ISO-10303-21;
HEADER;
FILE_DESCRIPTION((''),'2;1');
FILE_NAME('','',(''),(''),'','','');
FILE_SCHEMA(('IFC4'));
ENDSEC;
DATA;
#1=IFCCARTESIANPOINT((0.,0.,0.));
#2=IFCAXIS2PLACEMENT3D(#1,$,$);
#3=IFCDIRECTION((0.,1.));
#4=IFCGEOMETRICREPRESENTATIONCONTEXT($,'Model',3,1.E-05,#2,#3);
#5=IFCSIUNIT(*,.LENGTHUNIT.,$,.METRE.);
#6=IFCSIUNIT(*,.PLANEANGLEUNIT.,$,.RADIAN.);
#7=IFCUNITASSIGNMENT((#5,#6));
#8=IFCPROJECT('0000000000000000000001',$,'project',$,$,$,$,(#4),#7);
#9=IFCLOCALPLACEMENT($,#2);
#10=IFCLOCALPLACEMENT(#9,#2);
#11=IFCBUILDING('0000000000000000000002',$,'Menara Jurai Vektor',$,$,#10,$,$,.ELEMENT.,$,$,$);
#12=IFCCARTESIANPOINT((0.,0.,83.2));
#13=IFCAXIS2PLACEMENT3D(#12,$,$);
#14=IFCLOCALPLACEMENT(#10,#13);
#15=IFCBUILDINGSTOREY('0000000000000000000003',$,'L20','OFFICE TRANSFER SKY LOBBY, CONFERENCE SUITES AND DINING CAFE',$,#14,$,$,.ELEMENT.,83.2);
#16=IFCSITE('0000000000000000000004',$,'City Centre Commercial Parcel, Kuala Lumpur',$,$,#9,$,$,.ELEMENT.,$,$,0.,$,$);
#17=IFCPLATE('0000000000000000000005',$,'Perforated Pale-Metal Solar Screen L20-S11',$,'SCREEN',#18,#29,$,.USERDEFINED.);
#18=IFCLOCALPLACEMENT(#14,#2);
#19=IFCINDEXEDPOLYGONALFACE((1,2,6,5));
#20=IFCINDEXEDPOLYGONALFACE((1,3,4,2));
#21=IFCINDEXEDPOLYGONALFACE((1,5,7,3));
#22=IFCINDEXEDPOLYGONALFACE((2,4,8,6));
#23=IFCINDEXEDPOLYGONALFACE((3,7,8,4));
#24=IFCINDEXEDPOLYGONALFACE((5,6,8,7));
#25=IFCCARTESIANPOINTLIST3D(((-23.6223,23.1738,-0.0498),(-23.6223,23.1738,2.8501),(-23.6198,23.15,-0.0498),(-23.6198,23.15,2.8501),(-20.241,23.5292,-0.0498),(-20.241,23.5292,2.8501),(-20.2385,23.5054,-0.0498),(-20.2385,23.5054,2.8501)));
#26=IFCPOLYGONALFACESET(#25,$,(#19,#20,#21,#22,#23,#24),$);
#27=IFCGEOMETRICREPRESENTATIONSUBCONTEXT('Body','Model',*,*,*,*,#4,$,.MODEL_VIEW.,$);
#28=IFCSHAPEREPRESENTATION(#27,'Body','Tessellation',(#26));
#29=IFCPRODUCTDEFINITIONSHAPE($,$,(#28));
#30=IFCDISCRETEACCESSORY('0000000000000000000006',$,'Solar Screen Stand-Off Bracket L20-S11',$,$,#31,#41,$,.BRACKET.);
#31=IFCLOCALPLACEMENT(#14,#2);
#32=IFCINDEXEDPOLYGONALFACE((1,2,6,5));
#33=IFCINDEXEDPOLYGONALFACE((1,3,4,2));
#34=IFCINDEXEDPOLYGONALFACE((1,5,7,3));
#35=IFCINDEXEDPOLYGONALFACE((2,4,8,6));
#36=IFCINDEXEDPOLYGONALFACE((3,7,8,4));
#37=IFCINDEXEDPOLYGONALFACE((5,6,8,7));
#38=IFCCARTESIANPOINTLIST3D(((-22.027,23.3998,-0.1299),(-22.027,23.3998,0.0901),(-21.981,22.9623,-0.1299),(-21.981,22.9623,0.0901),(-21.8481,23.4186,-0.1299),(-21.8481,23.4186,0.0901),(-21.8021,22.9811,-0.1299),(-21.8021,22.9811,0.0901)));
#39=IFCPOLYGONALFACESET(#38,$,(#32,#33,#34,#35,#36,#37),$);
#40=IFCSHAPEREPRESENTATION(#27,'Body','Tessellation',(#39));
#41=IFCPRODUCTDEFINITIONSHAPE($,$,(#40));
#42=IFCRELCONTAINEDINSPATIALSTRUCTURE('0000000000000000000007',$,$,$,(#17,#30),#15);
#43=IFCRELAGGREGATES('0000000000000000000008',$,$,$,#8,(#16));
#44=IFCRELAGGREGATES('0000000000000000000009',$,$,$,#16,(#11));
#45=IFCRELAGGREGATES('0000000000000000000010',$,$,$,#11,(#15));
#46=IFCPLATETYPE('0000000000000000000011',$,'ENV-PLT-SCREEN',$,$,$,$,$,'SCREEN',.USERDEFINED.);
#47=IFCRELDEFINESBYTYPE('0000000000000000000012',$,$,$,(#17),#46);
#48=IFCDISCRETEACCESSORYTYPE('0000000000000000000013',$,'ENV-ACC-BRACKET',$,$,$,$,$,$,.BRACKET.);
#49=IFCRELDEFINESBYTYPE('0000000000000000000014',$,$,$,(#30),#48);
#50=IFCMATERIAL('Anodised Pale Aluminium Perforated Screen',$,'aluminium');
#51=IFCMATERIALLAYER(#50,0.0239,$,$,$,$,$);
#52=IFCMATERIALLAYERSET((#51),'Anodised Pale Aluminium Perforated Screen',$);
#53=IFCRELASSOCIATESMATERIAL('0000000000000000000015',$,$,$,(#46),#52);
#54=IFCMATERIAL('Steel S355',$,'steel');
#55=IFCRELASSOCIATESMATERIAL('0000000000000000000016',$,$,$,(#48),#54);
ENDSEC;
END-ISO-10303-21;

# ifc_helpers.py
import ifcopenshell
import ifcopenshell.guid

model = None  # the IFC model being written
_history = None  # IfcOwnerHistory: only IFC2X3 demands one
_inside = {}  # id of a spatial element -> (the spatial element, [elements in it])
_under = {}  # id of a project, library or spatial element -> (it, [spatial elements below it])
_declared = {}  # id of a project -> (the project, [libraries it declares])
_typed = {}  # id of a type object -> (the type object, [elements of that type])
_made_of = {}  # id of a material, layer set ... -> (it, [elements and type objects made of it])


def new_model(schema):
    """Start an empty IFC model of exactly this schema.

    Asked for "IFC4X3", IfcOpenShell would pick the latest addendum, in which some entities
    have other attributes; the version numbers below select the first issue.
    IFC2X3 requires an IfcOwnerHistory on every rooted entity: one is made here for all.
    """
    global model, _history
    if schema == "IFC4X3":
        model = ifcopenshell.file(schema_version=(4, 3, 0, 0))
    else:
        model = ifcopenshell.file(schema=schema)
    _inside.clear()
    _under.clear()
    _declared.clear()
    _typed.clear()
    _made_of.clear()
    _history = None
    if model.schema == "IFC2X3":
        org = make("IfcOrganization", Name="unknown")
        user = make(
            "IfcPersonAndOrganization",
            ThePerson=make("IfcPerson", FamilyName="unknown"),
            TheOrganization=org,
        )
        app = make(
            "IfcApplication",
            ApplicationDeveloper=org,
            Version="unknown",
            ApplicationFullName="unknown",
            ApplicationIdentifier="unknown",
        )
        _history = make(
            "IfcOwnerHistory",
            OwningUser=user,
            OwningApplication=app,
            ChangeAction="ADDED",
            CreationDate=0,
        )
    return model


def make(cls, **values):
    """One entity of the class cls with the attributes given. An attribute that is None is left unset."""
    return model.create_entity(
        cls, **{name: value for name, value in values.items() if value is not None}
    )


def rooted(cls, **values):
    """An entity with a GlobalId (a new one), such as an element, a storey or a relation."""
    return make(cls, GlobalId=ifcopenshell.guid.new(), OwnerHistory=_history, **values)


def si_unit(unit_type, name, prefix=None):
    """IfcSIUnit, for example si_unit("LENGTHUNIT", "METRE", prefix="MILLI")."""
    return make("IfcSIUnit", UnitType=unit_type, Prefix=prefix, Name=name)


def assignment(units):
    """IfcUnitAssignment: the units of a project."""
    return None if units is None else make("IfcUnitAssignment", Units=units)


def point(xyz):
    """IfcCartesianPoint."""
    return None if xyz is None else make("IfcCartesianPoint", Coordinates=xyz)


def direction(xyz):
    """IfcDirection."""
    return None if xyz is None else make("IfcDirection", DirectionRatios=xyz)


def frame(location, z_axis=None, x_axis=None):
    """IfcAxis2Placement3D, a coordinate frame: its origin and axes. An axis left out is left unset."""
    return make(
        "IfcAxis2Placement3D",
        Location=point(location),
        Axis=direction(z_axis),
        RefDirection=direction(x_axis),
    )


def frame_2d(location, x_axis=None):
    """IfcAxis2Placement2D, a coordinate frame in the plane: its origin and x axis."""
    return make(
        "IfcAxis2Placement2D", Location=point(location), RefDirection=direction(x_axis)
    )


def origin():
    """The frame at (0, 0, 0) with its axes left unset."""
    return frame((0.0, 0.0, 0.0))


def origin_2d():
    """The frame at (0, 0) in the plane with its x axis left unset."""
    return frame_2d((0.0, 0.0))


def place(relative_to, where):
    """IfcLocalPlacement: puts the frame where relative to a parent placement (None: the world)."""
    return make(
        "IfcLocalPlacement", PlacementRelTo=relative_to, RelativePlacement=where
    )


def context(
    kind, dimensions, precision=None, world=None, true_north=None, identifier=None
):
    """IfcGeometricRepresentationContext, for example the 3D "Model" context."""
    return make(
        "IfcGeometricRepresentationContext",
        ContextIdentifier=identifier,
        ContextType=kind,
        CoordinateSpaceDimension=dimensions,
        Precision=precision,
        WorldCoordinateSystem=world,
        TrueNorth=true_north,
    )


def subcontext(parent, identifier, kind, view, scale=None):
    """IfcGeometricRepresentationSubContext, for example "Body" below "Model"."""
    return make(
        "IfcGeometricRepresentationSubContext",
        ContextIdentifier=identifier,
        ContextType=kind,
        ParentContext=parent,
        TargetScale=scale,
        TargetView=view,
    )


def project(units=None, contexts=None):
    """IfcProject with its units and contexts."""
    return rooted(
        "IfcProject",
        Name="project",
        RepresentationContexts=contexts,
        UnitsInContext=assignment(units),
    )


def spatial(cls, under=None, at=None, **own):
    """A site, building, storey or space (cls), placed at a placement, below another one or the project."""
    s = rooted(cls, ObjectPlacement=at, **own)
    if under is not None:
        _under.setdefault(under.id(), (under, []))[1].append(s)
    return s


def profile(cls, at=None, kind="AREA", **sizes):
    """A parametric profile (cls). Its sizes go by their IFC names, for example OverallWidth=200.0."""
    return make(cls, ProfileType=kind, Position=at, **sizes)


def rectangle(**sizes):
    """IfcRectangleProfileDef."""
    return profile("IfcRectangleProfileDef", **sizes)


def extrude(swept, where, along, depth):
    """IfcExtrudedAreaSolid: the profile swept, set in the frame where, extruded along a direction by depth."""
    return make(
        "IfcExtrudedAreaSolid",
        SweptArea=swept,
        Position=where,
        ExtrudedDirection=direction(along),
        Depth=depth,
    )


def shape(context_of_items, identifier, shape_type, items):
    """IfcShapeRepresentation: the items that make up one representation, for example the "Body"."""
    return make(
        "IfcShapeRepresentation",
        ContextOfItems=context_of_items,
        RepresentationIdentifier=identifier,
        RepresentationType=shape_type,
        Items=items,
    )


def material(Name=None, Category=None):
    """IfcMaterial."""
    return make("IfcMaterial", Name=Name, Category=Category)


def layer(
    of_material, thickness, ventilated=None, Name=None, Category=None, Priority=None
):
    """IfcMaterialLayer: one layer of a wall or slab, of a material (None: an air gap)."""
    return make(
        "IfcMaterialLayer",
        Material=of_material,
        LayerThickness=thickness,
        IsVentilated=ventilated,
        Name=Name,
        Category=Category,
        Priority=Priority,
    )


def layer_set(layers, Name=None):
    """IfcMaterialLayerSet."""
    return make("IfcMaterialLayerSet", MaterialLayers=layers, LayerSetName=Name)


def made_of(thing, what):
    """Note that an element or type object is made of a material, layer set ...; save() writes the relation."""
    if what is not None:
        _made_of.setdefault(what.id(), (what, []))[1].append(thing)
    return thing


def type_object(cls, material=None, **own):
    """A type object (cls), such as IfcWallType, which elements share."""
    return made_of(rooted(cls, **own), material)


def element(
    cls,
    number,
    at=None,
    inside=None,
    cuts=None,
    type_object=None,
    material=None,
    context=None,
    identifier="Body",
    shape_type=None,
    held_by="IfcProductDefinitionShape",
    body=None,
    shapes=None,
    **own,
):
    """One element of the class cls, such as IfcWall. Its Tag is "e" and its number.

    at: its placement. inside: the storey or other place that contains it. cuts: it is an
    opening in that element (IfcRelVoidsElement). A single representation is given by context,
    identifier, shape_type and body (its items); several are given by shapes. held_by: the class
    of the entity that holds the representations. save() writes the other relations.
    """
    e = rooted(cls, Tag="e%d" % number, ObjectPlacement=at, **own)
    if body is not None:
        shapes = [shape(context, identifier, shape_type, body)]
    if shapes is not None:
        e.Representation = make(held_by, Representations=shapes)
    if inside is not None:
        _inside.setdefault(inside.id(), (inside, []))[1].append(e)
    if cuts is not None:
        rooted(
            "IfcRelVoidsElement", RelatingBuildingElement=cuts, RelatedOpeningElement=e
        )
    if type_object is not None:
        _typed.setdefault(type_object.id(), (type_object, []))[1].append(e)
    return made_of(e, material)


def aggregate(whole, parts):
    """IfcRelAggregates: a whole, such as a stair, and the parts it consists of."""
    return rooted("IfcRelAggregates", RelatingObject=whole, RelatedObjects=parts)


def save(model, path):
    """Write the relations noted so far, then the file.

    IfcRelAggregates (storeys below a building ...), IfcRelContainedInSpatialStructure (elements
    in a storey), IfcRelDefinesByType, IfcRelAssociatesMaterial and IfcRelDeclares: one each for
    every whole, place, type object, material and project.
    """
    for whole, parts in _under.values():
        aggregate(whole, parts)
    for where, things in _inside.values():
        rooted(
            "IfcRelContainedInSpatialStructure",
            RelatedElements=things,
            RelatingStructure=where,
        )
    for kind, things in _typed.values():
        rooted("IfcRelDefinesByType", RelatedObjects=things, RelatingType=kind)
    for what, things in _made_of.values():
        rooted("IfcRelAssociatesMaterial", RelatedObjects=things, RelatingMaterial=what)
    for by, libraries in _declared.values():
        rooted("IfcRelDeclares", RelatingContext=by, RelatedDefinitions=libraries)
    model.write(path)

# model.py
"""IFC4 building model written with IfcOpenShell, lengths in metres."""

from ifc_helpers import new_model, si_unit, direction, frame, origin, origin_2d, place, context, subcontext, project, spatial, rectangle, extrude, material, layer, layer_set, type_object, element, save


model = new_model("IFC4")

# Units and contexts
model_context = context("Model", 3, precision=1e-05, world=origin(), true_north=direction((0.0, 1.0)))
body_context = subcontext(model_context, "Body", "Model", "MODEL_VIEW")
ifc_project = project(units=[si_unit("LENGTHUNIT", "METRE"), si_unit("PLANEANGLEUNIT", "RADIAN")], contexts=[model_context])

# Site, building, storey
site_placement = place(None, origin())
site = spatial("IfcSite", under=ifc_project, at=site_placement, Name="City Centre Commercial Parcel, Kuala Lumpur", CompositionType="ELEMENT", RefElevation=0.0)
building_placement = place(site_placement, origin())
building = spatial("IfcBuilding", under=site, at=building_placement, Name="Menara Jurai Vektor", CompositionType="ELEMENT")
storey_placement = place(building_placement, frame((0.0, 0.0, 83.2)))
storey = spatial("IfcBuildingStorey", under=building, at=storey_placement, Name="L20", Description="OFFICE TRANSFER SKY LOBBY, CONFERENCE SUITES AND DINING CAFE", CompositionType="ELEMENT", Elevation=83.2)

# Shared definitions
ifc_material_1 = material(Name="Steel S355", Category="steel")

# Plate
ifc_material_2 = material(Name="Anodised Pale Aluminium Perforated Screen", Category="aluminium")
ifc_layer_1 = layer(ifc_material_2, 0.0239)
ifc_layer_set_1 = layer_set([ifc_layer_1], Name="Anodised Pale Aluminium Perforated Screen")
plate_type_1 = type_object("IfcPlateType", Name="ENV-PLT-SCREEN", ElementType="SCREEN", PredefinedType="USERDEFINED", material=ifc_layer_set_1)
plate_1_placement = place(storey_placement, frame((-21.9304, 23.3396, -0.0498), z_axis=(0.0, 0.0, 1.0), x_axis=(-0.994522, -0.104528, 0.0)))
element("IfcPlate", 1, at=plate_1_placement, inside=storey, type_object=plate_type_1, Name="Perforated Pale-Metal Solar Screen L20-S11", ObjectType="SCREEN", PredefinedType="USERDEFINED", context=body_context, shape_type="SweptSolid", body=[
    extrude(rectangle(XDim=3.3999, YDim=0.0239, at=origin_2d()), origin(), (0.0, 0.0, 1.0), 2.8999),
])

# Discrete accessory
discrete_accessory_type = type_object("IfcDiscreteAccessoryType", Name="ENV-ACC-BRACKET", PredefinedType="BRACKET", material=ifc_material_1)
discrete_accessory_placement = place(storey_placement, frame((-21.9146, 23.1904, -0.1299), z_axis=(0.0, 0.0, 1.0), x_axis=(-0.994522, -0.104528, 0.0)))
element("IfcDiscreteAccessory", 2, at=discrete_accessory_placement, inside=storey, type_object=discrete_accessory_type, Name="Solar Screen Stand-Off Bracket L20-S11", PredefinedType="BRACKET", context=body_context, shape_type="SweptSolid", body=[
    extrude(rectangle(XDim=0.1799, YDim=0.4399, at=origin_2d()), origin(), (0.0, 0.0, 1.0), 0.22),
])

save(model, "model.ifc")
